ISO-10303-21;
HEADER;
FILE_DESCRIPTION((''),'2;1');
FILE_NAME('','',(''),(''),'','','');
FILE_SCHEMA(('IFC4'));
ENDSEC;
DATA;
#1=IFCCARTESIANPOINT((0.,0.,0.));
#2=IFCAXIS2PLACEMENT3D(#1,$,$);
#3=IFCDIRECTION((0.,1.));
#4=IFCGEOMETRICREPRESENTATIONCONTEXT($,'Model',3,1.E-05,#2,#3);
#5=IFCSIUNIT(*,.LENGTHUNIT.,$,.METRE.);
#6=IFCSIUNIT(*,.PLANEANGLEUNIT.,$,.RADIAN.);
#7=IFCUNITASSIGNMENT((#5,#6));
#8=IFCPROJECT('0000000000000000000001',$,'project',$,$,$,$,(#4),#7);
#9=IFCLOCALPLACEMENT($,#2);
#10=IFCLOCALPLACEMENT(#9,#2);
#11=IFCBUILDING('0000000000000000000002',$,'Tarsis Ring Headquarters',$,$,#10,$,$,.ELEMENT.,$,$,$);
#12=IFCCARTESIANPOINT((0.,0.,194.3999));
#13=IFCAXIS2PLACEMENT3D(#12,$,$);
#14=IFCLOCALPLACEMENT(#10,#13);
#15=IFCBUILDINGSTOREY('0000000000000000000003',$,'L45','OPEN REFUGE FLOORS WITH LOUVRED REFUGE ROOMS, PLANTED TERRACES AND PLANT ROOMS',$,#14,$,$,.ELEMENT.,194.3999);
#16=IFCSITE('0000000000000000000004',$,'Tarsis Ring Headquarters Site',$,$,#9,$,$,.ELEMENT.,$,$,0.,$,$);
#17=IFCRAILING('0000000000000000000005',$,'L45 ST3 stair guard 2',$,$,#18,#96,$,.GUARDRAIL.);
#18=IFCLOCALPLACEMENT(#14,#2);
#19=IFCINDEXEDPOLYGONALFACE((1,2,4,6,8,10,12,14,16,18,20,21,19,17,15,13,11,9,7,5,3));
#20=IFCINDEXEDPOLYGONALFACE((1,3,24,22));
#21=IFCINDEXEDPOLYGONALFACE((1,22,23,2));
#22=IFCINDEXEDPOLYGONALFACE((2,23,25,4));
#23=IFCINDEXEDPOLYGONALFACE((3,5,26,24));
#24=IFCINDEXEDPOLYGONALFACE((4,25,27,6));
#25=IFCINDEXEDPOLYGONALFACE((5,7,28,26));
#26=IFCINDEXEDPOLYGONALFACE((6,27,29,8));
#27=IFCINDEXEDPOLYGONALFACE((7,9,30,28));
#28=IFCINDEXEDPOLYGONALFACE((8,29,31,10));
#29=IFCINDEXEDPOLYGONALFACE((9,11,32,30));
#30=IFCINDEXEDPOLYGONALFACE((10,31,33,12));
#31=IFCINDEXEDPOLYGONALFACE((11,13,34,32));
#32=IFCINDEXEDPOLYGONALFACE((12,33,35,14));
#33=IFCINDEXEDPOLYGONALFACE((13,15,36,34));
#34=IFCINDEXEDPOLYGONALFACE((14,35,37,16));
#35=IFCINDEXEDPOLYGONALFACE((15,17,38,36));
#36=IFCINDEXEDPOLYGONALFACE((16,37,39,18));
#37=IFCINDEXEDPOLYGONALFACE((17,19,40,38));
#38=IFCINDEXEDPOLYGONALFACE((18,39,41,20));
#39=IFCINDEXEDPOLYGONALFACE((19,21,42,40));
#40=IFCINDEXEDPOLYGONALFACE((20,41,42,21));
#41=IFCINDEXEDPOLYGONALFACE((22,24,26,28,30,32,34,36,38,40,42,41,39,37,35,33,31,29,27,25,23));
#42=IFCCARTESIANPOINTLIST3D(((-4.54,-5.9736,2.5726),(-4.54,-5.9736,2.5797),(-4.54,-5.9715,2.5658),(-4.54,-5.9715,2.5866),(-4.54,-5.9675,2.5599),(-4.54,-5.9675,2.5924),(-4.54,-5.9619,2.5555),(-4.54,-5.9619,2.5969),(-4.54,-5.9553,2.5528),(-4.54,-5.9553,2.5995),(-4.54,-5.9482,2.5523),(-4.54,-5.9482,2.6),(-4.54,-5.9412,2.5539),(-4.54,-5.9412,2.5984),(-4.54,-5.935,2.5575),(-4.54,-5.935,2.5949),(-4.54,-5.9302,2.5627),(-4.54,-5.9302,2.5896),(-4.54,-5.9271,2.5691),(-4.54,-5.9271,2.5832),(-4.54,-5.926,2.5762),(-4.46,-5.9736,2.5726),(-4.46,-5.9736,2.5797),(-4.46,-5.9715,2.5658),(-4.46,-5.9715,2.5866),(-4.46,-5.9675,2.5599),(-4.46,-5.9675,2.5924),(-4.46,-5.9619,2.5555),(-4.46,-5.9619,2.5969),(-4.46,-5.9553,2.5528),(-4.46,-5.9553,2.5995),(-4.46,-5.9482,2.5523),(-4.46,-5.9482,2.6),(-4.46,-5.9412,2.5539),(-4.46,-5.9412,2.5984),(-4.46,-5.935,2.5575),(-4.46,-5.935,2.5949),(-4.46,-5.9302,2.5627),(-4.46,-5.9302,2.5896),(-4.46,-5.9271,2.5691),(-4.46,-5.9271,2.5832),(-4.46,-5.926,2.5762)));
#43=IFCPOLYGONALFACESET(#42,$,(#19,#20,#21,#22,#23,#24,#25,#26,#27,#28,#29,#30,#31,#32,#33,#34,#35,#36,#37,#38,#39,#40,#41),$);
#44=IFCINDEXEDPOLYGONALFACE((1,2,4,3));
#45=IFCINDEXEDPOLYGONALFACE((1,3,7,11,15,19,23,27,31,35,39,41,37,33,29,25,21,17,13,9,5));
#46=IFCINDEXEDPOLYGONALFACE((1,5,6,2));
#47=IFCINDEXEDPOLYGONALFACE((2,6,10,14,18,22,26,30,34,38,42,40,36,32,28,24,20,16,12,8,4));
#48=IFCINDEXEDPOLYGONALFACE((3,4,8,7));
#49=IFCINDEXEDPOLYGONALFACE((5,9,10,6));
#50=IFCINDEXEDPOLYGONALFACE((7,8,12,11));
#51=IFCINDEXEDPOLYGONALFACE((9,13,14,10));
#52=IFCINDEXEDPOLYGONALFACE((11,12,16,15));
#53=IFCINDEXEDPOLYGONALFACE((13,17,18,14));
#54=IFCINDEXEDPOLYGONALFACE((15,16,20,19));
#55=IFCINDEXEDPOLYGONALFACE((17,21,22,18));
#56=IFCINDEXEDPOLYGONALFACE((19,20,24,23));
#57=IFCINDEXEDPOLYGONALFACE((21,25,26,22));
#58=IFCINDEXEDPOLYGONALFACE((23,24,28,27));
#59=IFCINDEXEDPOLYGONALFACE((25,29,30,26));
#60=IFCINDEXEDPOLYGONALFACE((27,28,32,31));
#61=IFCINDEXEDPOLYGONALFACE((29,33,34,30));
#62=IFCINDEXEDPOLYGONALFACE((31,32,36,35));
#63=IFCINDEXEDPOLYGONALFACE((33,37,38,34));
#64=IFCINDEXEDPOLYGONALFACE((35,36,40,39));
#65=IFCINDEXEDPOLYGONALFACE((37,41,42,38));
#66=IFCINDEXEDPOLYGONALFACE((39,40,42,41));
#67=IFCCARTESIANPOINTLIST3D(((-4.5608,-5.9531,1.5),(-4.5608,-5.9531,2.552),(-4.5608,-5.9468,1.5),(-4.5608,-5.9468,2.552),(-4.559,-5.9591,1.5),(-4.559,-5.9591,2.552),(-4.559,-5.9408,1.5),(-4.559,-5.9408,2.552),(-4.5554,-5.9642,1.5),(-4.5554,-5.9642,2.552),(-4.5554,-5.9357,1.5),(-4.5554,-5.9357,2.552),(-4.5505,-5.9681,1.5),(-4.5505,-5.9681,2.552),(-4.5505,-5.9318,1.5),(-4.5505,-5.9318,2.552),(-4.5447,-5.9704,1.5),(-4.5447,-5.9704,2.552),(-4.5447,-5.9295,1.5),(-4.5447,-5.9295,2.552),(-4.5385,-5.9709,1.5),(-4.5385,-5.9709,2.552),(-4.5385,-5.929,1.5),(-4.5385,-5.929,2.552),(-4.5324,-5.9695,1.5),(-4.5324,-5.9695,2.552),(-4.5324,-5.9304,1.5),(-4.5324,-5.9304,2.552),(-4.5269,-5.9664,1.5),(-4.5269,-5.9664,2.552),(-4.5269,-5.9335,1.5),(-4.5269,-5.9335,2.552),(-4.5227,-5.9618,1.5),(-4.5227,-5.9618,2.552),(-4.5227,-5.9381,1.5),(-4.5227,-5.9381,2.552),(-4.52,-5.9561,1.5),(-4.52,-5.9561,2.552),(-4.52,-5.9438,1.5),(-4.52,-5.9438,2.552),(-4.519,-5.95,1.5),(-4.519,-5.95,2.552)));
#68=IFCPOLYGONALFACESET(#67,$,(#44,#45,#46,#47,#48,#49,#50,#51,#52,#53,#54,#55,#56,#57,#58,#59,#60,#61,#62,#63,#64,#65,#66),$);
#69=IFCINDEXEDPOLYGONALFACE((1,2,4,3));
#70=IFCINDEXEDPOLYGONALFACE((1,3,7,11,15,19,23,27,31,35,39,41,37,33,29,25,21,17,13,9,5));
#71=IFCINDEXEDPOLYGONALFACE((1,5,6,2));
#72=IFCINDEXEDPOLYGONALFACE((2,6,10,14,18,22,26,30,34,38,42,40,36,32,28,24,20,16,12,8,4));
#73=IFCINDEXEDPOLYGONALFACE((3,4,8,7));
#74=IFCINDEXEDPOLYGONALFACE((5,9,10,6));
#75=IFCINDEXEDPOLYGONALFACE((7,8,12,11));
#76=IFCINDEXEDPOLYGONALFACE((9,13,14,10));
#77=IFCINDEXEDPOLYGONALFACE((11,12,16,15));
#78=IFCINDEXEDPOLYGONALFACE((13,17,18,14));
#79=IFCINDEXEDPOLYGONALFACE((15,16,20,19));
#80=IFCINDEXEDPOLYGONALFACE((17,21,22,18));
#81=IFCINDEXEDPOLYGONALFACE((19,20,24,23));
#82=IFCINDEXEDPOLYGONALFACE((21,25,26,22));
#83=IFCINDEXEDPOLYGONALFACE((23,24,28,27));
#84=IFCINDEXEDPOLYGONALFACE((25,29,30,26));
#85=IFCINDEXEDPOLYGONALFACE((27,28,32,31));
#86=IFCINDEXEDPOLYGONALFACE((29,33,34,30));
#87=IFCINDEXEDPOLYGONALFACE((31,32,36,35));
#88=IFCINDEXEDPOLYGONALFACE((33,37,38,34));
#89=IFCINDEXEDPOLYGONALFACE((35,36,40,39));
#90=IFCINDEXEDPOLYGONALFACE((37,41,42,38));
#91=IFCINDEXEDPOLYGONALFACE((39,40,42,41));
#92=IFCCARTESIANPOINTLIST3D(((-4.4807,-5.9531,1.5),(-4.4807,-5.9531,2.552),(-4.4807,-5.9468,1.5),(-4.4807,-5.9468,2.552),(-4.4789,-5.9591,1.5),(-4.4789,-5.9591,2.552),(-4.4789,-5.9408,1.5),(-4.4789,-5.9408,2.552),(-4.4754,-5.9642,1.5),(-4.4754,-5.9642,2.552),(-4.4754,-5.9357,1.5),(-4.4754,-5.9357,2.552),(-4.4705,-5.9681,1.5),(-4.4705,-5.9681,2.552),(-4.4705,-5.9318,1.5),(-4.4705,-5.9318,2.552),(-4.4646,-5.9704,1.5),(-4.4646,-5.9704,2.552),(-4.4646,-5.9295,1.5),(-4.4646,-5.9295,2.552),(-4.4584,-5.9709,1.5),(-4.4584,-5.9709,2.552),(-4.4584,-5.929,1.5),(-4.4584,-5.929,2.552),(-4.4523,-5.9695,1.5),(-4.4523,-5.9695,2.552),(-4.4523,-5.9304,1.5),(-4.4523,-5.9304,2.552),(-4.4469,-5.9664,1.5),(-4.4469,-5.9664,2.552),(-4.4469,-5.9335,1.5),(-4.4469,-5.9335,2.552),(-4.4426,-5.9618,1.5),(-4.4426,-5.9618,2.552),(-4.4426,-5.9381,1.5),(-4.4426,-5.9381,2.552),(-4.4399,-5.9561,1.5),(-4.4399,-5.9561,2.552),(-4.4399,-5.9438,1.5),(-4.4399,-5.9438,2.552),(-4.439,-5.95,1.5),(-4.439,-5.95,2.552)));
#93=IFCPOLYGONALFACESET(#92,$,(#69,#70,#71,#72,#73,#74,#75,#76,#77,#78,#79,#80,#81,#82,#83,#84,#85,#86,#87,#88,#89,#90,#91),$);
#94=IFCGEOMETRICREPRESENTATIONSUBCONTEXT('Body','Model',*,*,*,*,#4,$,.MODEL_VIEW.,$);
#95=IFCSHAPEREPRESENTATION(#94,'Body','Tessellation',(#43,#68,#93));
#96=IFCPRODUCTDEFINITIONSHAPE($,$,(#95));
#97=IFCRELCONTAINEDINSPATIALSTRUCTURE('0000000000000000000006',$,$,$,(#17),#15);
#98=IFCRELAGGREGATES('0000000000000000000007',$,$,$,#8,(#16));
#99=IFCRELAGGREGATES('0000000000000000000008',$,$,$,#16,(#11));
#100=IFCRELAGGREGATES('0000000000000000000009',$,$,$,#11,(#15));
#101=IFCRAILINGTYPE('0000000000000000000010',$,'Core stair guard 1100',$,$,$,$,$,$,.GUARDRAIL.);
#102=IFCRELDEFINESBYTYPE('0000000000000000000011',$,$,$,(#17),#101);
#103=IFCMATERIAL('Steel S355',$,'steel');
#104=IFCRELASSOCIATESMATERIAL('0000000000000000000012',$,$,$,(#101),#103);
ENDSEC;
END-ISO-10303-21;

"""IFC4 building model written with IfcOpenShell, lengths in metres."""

from ifc_helpers import new_model, si_unit, direction, frame, origin, origin_2d, place, context, subcontext, project, spatial, circle, extrude, material, type_object, element, save


model = new_model("IFC4")

# Units and contexts
model_context = context("Model", 3, precision=1e-05, world=origin(), true_north=direction((0.0, 1.0)))
body_context = subcontext(model_context, "Body", "Model", "MODEL_VIEW")
ifc_project = project(units=[si_unit("LENGTHUNIT", "METRE"), si_unit("PLANEANGLEUNIT", "RADIAN")], contexts=[model_context])

# Site, building, storey
site_placement = place(None, origin())
site = spatial("IfcSite", under=ifc_project, at=site_placement, Name="Tarsis Ring Headquarters Site", CompositionType="ELEMENT", RefElevation=0.0)
building_placement = place(site_placement, origin())
building = spatial("IfcBuilding", under=site, at=building_placement, Name="Tarsis Ring Headquarters", CompositionType="ELEMENT")
storey_placement = place(building_placement, frame((0.0, 0.0, 194.3999)))
storey = spatial("IfcBuildingStorey", under=building, at=storey_placement, Name="L45", Description="OPEN REFUGE FLOORS WITH LOUVRED REFUGE ROOMS, PLANTED TERRACES AND PLANT ROOMS", CompositionType="ELEMENT", Elevation=194.3999)

# Railing
ifc_material_1 = material(Name="Steel S355", Category="steel")
railing_type_1 = type_object("IfcRailingType", Name="Core stair guard 1100", PredefinedType="GUARDRAIL", material=ifc_material_1)
railing_1_placement = place(storey_placement, frame((-4.54, -5.95, 1.5)))
element("IfcRailing", 1, at=railing_1_placement, inside=storey, type_object=railing_type_1, Name="L45 ST3 stair guard 2", PredefinedType="GUARDRAIL", context=body_context, shape_type="SweptSolid", body=[
    extrude(circle(Radius=0.0239, at=origin_2d()), frame((0.0, 0.0, 1.0762), z_axis=(1.0, 0.0, 0.0), x_axis=(0.0, 1.0, 0.0)), (0.0, 0.0, 1.0), 0.0801),
    extrude(circle(Radius=0.021, at=origin_2d()), origin(), (0.0, 0.0, 1.0), 1.052),
    extrude(circle(Radius=0.021, at=origin_2d()), frame((0.0801, 0.0, 0.0)), (0.0, 0.0, 1.0), 1.052),
])

save(model, "model.ifc")
